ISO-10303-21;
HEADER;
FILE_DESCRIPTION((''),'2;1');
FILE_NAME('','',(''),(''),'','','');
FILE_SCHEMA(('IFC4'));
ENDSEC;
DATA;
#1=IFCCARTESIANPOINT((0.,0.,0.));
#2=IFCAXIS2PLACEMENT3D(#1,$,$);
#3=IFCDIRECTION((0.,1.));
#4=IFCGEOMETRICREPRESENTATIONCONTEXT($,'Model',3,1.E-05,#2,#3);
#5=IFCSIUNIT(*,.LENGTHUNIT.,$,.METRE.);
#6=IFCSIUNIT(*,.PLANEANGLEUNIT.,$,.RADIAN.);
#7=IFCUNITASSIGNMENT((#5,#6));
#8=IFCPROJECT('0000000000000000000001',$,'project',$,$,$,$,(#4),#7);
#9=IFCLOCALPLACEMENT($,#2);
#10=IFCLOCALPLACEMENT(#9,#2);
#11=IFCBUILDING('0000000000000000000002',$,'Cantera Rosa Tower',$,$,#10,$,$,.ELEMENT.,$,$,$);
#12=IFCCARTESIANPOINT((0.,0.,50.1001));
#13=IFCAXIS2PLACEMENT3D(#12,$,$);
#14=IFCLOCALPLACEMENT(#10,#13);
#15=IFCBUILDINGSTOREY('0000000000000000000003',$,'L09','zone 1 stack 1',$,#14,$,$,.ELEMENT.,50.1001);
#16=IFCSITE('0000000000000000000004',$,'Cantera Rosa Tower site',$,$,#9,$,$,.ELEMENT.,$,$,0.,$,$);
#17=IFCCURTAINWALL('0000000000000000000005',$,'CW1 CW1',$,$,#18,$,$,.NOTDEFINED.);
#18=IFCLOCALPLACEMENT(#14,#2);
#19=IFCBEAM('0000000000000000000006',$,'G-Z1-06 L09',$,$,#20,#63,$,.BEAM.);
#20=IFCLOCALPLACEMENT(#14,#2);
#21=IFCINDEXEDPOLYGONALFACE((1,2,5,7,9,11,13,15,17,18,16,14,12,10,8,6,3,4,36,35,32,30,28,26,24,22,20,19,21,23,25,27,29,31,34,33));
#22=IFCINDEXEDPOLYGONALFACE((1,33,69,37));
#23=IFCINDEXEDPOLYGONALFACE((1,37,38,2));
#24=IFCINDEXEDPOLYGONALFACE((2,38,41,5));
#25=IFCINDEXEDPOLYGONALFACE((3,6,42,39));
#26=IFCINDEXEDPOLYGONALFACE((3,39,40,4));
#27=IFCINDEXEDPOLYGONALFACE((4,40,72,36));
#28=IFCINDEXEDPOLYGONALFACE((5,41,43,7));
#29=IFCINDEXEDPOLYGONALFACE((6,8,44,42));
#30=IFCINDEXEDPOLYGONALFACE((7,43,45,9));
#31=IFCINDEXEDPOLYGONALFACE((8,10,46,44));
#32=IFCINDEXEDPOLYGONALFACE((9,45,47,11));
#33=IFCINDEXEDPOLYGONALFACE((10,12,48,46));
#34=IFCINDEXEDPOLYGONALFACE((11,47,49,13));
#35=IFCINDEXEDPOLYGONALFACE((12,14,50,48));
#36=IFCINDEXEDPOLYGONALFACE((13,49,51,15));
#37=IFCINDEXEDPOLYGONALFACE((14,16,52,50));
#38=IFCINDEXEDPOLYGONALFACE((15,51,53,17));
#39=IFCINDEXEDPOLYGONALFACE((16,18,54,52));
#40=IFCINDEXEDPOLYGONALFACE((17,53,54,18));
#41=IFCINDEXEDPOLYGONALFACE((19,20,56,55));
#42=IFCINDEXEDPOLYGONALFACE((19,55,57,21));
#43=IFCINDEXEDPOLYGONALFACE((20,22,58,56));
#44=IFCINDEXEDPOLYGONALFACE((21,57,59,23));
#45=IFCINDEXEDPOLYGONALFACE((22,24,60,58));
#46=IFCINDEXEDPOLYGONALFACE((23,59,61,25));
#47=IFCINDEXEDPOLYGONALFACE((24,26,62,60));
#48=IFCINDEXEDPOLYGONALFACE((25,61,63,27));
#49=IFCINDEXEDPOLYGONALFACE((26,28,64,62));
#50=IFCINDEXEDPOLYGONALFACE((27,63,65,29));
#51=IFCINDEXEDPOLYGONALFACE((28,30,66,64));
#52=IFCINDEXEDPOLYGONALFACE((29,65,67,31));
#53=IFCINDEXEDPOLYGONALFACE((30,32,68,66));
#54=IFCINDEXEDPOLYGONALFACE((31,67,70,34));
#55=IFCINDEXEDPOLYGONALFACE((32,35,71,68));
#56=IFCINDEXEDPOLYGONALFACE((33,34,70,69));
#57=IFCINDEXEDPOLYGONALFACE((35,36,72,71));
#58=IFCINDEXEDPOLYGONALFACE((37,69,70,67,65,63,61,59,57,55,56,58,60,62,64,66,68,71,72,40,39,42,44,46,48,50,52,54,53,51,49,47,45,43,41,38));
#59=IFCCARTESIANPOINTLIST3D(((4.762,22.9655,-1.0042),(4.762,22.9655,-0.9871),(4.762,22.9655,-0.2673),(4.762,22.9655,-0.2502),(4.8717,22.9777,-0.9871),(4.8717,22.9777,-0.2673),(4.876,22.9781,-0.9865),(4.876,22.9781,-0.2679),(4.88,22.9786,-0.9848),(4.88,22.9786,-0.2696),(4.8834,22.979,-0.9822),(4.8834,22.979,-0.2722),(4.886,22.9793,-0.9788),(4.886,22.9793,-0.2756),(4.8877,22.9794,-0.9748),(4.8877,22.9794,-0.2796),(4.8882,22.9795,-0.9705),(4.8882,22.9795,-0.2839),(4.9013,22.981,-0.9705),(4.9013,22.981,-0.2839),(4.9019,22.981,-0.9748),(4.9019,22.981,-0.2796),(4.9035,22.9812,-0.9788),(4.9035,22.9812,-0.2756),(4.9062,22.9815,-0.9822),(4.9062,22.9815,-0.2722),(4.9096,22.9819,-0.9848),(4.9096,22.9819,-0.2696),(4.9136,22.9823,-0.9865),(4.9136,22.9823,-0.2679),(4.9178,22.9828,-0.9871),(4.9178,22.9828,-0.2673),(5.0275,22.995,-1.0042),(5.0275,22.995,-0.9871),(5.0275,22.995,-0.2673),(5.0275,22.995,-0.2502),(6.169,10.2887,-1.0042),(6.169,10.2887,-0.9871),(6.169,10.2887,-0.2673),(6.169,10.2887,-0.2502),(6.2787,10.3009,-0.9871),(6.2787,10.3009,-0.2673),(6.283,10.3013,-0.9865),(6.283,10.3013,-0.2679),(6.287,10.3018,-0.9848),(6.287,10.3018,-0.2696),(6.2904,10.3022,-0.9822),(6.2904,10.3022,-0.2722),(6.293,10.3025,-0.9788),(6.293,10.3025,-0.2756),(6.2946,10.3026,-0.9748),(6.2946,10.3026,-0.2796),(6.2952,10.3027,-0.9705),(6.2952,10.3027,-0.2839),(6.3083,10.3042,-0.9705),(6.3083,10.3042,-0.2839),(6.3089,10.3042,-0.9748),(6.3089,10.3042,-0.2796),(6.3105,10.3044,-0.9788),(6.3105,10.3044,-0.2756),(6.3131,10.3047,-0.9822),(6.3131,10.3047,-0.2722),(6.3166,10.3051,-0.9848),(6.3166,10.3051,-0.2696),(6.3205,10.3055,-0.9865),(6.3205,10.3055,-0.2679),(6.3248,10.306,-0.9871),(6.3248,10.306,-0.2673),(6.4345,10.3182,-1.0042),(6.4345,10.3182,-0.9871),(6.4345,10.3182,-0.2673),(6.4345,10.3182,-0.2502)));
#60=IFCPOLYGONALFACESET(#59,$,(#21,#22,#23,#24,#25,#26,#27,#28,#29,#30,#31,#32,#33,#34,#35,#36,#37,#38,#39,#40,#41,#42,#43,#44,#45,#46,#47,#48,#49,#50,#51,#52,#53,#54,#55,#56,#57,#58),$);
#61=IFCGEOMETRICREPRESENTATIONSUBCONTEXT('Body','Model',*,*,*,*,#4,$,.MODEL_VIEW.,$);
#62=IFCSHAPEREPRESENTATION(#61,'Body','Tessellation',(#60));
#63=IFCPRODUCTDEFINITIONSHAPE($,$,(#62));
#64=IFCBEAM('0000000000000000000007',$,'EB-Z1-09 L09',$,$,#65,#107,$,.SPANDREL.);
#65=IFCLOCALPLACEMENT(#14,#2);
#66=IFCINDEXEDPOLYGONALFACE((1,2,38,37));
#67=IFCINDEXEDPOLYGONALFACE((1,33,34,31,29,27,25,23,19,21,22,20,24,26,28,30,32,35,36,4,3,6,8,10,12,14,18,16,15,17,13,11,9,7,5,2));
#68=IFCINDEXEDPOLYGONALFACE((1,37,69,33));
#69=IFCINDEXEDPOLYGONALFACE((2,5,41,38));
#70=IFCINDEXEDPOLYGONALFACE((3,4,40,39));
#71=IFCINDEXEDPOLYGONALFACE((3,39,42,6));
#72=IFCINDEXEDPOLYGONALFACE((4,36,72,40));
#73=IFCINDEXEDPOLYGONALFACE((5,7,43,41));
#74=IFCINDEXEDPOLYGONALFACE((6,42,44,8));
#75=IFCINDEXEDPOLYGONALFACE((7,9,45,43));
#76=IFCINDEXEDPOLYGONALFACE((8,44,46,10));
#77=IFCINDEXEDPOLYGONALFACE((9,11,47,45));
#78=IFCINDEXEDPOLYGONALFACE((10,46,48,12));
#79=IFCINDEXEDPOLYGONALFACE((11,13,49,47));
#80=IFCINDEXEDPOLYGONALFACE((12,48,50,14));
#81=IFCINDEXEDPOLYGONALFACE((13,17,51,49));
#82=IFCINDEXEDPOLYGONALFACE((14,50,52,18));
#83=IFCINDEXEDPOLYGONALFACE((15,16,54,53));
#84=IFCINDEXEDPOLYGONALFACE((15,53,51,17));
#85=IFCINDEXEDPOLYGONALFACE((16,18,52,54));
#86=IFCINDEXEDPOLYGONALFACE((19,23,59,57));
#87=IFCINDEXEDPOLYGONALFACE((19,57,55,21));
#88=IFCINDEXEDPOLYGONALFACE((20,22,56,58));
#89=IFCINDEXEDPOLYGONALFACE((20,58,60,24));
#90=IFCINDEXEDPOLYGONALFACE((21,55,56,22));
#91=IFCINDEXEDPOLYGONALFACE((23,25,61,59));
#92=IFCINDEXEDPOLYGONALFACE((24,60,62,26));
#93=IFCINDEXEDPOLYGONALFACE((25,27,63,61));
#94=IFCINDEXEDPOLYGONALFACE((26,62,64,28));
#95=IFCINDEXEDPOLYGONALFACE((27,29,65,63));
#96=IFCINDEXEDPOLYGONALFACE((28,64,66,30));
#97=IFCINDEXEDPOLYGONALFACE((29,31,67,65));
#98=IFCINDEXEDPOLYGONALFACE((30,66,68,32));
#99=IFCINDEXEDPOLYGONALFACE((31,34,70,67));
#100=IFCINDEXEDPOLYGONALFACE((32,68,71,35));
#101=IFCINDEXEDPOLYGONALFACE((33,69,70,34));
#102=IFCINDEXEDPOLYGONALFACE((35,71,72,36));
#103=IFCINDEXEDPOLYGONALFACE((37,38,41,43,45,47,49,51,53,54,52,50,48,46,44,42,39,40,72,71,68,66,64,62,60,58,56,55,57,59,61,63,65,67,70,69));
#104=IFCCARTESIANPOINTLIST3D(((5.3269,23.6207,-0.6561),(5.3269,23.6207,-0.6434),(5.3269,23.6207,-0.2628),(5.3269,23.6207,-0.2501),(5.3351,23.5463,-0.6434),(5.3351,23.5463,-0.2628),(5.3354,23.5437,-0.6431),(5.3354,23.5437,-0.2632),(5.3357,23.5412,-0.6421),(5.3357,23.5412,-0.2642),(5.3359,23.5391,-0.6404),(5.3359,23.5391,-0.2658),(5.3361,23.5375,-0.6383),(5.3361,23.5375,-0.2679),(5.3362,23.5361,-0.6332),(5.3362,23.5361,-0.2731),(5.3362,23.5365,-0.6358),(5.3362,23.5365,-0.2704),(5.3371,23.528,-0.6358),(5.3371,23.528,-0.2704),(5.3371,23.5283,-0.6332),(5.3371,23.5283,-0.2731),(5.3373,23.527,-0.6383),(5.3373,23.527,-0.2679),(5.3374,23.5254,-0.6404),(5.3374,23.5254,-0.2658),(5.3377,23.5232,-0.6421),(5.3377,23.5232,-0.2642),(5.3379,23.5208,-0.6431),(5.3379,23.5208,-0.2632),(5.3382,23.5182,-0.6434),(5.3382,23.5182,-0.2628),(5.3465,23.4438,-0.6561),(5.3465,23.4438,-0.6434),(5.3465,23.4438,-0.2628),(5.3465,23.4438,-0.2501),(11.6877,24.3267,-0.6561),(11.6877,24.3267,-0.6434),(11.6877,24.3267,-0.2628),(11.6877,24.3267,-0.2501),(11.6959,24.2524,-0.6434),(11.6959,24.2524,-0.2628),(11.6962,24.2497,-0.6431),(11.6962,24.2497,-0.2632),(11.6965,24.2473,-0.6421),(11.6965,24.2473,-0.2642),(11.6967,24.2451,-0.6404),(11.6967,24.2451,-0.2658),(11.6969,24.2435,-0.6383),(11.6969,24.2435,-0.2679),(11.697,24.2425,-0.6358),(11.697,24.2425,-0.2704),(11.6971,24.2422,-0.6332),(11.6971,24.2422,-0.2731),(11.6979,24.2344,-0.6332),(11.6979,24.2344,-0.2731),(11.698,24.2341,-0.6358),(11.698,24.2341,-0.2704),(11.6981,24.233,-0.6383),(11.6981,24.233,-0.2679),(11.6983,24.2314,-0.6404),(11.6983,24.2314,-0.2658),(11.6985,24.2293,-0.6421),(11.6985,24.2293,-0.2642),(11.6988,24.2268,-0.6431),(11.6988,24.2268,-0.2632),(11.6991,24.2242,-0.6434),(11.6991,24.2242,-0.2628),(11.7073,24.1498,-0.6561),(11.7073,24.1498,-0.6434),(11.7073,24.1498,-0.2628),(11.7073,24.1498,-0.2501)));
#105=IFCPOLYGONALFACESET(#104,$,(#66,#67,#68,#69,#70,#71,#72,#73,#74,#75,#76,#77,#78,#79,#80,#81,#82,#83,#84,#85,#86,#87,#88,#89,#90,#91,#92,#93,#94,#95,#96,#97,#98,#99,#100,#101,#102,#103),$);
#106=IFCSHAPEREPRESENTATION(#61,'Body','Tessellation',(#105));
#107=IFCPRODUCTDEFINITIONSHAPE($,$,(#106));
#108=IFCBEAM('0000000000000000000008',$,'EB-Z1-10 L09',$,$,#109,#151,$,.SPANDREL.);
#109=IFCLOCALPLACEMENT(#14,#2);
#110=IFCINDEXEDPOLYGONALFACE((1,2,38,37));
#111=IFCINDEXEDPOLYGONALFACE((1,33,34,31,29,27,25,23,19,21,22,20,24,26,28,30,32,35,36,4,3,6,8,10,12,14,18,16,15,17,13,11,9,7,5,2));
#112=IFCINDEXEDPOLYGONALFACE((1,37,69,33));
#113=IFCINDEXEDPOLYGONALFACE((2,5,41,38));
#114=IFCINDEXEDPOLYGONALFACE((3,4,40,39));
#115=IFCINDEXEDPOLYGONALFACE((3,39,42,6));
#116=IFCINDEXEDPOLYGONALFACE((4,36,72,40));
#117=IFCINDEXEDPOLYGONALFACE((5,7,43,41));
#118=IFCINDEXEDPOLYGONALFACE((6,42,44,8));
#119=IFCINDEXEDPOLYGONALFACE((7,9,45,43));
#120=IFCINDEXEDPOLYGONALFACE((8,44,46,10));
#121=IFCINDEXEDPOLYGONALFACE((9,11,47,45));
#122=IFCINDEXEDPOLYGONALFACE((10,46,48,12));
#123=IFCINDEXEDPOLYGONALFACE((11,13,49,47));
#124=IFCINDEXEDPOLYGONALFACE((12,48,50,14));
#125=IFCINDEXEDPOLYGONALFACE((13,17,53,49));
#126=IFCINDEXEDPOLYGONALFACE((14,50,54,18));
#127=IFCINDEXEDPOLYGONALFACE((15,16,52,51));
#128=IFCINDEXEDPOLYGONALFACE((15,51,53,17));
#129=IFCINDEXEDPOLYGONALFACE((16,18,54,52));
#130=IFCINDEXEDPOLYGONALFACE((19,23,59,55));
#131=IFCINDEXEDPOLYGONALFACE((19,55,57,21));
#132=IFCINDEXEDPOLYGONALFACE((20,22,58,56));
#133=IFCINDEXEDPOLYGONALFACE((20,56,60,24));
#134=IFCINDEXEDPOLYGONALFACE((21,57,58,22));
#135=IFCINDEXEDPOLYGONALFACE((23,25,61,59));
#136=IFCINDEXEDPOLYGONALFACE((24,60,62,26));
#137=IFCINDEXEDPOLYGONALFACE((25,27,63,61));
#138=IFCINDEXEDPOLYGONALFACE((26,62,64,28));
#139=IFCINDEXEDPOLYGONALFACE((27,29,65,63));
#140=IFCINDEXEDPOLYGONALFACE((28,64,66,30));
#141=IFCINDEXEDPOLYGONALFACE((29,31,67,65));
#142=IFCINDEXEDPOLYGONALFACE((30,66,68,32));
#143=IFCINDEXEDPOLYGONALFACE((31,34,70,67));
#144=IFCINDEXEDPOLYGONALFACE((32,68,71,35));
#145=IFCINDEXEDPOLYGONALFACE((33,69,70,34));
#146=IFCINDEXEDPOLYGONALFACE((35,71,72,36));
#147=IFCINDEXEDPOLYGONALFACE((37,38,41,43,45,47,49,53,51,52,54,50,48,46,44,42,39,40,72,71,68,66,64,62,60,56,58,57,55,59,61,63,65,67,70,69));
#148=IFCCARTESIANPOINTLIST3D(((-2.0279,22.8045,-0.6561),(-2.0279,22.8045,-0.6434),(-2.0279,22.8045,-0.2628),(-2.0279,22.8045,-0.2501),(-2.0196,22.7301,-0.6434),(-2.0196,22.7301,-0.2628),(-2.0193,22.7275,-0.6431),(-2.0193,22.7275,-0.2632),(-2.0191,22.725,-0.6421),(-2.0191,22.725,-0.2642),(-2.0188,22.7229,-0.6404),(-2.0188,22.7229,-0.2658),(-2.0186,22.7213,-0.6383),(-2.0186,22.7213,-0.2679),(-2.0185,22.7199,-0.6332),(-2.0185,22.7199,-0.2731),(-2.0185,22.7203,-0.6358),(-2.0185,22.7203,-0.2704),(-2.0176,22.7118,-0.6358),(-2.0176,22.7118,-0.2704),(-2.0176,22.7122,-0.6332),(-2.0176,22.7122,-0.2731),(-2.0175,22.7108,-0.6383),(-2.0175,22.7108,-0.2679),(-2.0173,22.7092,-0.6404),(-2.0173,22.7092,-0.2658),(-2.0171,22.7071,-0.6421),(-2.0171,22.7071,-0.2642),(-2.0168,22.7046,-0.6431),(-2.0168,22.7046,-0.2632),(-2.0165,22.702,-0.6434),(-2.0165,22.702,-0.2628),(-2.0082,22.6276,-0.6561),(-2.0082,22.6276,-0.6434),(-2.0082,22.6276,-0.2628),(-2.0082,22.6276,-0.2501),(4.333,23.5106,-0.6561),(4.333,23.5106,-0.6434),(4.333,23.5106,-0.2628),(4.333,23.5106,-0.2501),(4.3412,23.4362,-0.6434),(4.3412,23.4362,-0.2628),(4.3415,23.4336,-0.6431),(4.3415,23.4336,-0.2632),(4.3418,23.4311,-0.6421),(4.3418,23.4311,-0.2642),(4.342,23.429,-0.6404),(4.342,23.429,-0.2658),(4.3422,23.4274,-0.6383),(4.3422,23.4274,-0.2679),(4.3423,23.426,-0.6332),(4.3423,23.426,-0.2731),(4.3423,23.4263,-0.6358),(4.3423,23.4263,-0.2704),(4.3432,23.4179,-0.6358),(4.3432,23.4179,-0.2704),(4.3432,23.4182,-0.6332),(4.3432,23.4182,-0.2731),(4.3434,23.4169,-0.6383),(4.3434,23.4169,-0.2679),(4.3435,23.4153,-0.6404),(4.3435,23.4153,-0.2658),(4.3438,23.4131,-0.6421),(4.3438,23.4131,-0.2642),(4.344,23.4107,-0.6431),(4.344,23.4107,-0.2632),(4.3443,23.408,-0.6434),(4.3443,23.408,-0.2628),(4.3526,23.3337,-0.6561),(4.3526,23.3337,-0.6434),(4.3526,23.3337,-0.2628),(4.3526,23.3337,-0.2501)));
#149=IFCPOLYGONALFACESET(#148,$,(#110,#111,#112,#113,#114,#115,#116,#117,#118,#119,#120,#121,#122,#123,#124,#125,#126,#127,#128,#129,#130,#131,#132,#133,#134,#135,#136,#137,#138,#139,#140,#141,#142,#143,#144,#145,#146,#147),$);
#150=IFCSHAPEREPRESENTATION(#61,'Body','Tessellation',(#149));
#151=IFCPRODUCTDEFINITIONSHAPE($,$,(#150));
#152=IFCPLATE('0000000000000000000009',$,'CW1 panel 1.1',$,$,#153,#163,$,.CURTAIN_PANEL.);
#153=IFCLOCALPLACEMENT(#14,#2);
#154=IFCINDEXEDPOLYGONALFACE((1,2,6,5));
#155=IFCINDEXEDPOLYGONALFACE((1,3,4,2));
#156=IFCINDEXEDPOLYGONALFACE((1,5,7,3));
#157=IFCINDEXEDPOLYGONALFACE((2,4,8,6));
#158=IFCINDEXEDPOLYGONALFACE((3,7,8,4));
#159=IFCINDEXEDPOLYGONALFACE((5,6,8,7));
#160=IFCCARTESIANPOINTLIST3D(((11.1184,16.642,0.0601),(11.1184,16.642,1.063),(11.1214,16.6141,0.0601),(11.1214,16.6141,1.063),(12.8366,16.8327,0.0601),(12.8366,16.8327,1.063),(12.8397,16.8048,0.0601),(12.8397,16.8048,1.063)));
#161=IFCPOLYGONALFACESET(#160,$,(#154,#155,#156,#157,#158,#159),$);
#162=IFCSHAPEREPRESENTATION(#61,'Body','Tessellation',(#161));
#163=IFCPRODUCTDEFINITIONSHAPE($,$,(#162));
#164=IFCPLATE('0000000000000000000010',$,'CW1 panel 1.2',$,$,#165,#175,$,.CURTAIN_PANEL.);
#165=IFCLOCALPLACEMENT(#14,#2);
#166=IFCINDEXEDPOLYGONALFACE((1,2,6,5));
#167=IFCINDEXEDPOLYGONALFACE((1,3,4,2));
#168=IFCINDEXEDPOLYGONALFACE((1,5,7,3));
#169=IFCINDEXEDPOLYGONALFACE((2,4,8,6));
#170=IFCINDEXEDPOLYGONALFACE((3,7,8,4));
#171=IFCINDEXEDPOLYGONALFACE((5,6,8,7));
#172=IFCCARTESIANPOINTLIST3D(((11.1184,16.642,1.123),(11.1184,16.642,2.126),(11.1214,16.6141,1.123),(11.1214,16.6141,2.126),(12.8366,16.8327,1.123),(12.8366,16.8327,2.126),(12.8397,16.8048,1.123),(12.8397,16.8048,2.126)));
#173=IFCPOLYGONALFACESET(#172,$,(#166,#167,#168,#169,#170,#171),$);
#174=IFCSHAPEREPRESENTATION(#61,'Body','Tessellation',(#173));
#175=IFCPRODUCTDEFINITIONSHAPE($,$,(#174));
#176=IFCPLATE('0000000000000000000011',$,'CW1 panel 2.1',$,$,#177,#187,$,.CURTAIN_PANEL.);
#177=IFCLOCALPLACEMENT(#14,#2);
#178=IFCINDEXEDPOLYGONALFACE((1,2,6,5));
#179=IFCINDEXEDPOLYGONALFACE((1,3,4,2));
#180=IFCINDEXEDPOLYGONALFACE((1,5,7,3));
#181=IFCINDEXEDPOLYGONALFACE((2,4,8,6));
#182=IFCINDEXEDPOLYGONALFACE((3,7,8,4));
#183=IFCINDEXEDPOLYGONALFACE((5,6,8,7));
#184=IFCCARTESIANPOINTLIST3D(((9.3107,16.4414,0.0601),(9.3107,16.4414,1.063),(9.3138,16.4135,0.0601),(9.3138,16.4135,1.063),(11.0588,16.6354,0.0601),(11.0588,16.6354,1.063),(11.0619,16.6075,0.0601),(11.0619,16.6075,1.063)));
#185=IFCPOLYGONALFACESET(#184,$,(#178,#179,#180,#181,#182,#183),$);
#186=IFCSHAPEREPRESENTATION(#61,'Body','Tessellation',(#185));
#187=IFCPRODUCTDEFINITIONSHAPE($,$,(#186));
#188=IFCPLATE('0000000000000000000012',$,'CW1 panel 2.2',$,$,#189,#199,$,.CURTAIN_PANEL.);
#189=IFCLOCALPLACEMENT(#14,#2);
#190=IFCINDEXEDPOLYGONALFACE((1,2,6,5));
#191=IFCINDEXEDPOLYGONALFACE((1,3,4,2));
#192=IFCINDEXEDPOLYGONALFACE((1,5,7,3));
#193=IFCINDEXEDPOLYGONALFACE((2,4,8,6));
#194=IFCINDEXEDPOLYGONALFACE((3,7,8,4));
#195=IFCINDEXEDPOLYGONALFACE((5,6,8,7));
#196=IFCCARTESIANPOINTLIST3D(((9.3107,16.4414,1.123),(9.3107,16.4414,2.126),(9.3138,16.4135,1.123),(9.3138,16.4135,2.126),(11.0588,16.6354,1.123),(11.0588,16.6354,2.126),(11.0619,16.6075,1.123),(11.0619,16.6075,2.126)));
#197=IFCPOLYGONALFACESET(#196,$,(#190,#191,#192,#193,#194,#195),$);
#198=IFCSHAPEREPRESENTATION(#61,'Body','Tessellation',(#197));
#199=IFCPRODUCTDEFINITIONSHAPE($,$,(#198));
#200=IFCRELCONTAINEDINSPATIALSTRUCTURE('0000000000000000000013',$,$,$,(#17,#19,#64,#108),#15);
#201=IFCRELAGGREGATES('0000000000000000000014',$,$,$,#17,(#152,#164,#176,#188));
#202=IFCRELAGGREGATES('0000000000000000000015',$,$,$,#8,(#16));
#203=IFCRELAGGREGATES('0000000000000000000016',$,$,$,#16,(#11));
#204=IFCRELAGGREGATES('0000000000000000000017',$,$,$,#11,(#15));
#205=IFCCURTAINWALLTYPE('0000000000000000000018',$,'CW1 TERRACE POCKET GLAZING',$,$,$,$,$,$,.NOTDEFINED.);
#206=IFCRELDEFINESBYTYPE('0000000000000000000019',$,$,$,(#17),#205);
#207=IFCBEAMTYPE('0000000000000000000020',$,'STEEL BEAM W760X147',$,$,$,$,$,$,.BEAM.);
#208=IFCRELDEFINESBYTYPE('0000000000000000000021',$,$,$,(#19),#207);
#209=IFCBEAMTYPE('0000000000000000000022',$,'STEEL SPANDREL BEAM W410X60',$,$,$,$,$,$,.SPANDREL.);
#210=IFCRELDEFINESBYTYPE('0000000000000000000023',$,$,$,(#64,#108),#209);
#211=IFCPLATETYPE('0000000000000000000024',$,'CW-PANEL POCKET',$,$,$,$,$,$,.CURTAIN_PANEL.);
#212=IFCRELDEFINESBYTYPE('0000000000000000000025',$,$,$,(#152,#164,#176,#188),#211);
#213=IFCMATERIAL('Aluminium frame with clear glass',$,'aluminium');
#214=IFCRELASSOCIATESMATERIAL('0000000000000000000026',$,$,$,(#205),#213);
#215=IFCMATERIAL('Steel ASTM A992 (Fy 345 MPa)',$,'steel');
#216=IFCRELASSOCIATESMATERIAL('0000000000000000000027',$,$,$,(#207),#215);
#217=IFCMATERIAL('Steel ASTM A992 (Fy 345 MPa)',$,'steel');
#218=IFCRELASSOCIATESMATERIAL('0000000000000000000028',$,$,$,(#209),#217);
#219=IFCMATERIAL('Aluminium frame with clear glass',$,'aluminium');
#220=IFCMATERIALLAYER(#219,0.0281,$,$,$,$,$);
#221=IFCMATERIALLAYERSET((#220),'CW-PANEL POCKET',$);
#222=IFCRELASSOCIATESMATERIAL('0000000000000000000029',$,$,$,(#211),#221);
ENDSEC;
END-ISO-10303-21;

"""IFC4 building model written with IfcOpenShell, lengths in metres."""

from ifc_helpers import new_model, si_unit, direction, frame, origin, origin_2d, place, context, subcontext, project, spatial, rectangle, i_section, extrude, material, layer, layer_set, material_profile, profile_set, type_object, element, aggregate, save


model = new_model("IFC4")

# Units and contexts
model_context = context("Model", 3, precision=1e-05, world=origin(), true_north=direction((0.0, 1.0)))
body_context = subcontext(model_context, "Body", "Model", "MODEL_VIEW")
ifc_project = project(units=[si_unit("LENGTHUNIT", "METRE"), si_unit("PLANEANGLEUNIT", "RADIAN")], contexts=[model_context])

# Site, building, storey
site_placement = place(None, origin())
site = spatial("IfcSite", under=ifc_project, at=site_placement, Name="Cantera Rosa Tower site", CompositionType="ELEMENT", RefElevation=0.0)
building_placement = place(site_placement, origin())
building = spatial("IfcBuilding", under=site, at=building_placement, Name="Cantera Rosa Tower", CompositionType="ELEMENT")
storey_placement = place(building_placement, frame((0.0, 0.0, 50.1001)))
storey = spatial("IfcBuildingStorey", under=building, at=storey_placement, Name="L09", Description="zone 1 stack 1", CompositionType="ELEMENT", Elevation=50.1001)

# Curtain wall
ifc_material_1 = material(Name="Aluminium frame with clear glass", Category="aluminium")
curtain_wall_type = type_object("IfcCurtainWallType", Name="CW1 TERRACE POCKET GLAZING", PredefinedType="NOTDEFINED", material=ifc_material_1)
curtain_wall_placement = place(storey_placement, origin())
curtain_wall = element("IfcCurtainWall", 1, at=curtain_wall_placement, inside=storey, type_object=curtain_wall_type, Name="CW1 CW1", PredefinedType="NOTDEFINED")

# Beams
ifc_material_2 = material(Name="Steel ASTM A992 (Fy 345 MPa)", Category="steel")
ifc_material_profile_1 = material_profile(ifc_material_2, i_section(OverallWidth=0.2671, OverallDepth=0.7539, WebThickness=0.0132, FlangeThickness=0.0171, FilletRadius=0.0166, at=origin_2d()), Name="W760X147")
ifc_profile_set_1 = profile_set([ifc_material_profile_1], Name="Steel ASTM A992 (Fy 345 MPa)")
beam_type_1 = type_object("IfcBeamType", Name="STEEL BEAM W760X147", PredefinedType="BEAM", material=ifc_profile_set_1)
beam_placement = place(storey_placement, frame((4.8948, 22.9802, -0.6272), z_axis=(0.110312, -0.993897, 0.0), x_axis=(0.993897, 0.110312, 0.0)))
element("IfcBeam", 2, at=beam_placement, inside=storey, type_object=beam_type_1, Name="G-Z1-06 L09", PredefinedType="BEAM", context=body_context, shape_type="SweptSolid", body=[
    extrude(i_section(OverallWidth=0.2671, OverallDepth=0.7539, WebThickness=0.0132, FlangeThickness=0.0171, FilletRadius=0.0166, at=origin_2d()), origin(), (0.0, 0.0, 1.0), 12.7546),
])
ifc_material_3 = material(Name="Steel ASTM A992 (Fy 345 MPa)", Category="steel")
ifc_material_profile_2 = material_profile(ifc_material_3, i_section(OverallWidth=0.178, OverallDepth=0.406, WebThickness=0.0078, FlangeThickness=0.0127, FilletRadius=0.0103, at=origin_2d()), Name="W410X60")
ifc_profile_set_2 = profile_set([ifc_material_profile_2], Name="Steel ASTM A992 (Fy 345 MPa)")
beam_type_2 = type_object("IfcBeamType", Name="STEEL SPANDREL BEAM W410X60", PredefinedType="SPANDREL", material=ifc_profile_set_2)
for number, where, z_axis, x_axis, name in (
    (3, (11.6975, 24.2383, -0.4531), (-0.993896, -0.110323, 0.0), (0.110323, -0.993896, 0.0), "EB-Z1-09 L09"),
    (4, (4.3428, 23.4221, -0.4531), (-0.993896, -0.110323, 0.0), (0.110323, -0.993896, 0.0), "EB-Z1-10 L09"),
):
    element("IfcBeam", number, at=place(storey_placement, frame(where, z_axis=z_axis, x_axis=x_axis)), inside=storey, type_object=beam_type_2, Name=name, PredefinedType="SPANDREL", context=body_context, shape_type="SweptSolid", body=[
        extrude(i_section(OverallWidth=0.178, OverallDepth=0.406, WebThickness=0.0078, FlangeThickness=0.0127, FilletRadius=0.0103, at=origin_2d()), origin(), (0.0, 0.0, 1.0), 6.3999),
    ])

# Plates
ifc_material_4 = material(Name="Aluminium frame with clear glass", Category="aluminium")
ifc_layer_1 = layer(ifc_material_4, 0.0281)
ifc_layer_set_1 = layer_set([ifc_layer_1], Name="CW-PANEL POCKET")
plate_type = type_object("IfcPlateType", Name="CW-PANEL POCKET", PredefinedType="CURTAIN_PANEL", material=ifc_layer_set_1)
plate_1_placement = place(storey_placement, frame((11.979, 16.7234, 0.0601), z_axis=(0.0, 0.0, 1.0), x_axis=(-0.993897, -0.110313, 0.0)))
plate_1 = element("IfcPlate", 5, at=plate_1_placement, type_object=plate_type, Name="CW1 panel 1.1", PredefinedType="CURTAIN_PANEL", context=body_context, shape_type="SweptSolid", body=[
    extrude(rectangle(XDim=1.7288, YDim=0.0281, at=origin_2d()), origin(), (0.0, 0.0, 1.0), 1.0029),
])
plate_2_placement = place(storey_placement, frame((11.979, 16.7234, 1.123), z_axis=(0.0, 0.0, 1.0), x_axis=(-0.993897, -0.110313, 0.0)))
plate_2 = element("IfcPlate", 6, at=plate_2_placement, type_object=plate_type, Name="CW1 panel 1.2", PredefinedType="CURTAIN_PANEL", context=body_context, shape_type="SweptSolid", body=[
    extrude(rectangle(XDim=1.7288, YDim=0.0281, at=origin_2d()), origin(), (0.0, 0.0, 1.0), 1.0029),
])
plate_3_placement = place(storey_placement, frame((10.1863, 16.5244, 0.0601), z_axis=(0.0, 0.0, 1.0), x_axis=(-0.993897, -0.110313, 0.0)))
plate_3 = element("IfcPlate", 7, at=plate_3_placement, type_object=plate_type, Name="CW1 panel 2.1", PredefinedType="CURTAIN_PANEL", context=body_context, shape_type="SweptSolid", body=[
    extrude(rectangle(XDim=1.7588, YDim=0.0281, at=origin_2d()), origin(), (0.0, 0.0, 1.0), 1.0029),
])
plate_4_placement = place(storey_placement, frame((10.1863, 16.5244, 1.123), z_axis=(0.0, 0.0, 1.0), x_axis=(-0.993897, -0.110313, 0.0)))
plate_4 = element("IfcPlate", 8, at=plate_4_placement, type_object=plate_type, Name="CW1 panel 2.2", PredefinedType="CURTAIN_PANEL", context=body_context, shape_type="SweptSolid", body=[
    extrude(rectangle(XDim=1.7588, YDim=0.0281, at=origin_2d()), origin(), (0.0, 0.0, 1.0), 1.0029),
])
aggregate(curtain_wall, [plate_1, plate_2, plate_3, plate_4])

save(model, "model.ifc")
